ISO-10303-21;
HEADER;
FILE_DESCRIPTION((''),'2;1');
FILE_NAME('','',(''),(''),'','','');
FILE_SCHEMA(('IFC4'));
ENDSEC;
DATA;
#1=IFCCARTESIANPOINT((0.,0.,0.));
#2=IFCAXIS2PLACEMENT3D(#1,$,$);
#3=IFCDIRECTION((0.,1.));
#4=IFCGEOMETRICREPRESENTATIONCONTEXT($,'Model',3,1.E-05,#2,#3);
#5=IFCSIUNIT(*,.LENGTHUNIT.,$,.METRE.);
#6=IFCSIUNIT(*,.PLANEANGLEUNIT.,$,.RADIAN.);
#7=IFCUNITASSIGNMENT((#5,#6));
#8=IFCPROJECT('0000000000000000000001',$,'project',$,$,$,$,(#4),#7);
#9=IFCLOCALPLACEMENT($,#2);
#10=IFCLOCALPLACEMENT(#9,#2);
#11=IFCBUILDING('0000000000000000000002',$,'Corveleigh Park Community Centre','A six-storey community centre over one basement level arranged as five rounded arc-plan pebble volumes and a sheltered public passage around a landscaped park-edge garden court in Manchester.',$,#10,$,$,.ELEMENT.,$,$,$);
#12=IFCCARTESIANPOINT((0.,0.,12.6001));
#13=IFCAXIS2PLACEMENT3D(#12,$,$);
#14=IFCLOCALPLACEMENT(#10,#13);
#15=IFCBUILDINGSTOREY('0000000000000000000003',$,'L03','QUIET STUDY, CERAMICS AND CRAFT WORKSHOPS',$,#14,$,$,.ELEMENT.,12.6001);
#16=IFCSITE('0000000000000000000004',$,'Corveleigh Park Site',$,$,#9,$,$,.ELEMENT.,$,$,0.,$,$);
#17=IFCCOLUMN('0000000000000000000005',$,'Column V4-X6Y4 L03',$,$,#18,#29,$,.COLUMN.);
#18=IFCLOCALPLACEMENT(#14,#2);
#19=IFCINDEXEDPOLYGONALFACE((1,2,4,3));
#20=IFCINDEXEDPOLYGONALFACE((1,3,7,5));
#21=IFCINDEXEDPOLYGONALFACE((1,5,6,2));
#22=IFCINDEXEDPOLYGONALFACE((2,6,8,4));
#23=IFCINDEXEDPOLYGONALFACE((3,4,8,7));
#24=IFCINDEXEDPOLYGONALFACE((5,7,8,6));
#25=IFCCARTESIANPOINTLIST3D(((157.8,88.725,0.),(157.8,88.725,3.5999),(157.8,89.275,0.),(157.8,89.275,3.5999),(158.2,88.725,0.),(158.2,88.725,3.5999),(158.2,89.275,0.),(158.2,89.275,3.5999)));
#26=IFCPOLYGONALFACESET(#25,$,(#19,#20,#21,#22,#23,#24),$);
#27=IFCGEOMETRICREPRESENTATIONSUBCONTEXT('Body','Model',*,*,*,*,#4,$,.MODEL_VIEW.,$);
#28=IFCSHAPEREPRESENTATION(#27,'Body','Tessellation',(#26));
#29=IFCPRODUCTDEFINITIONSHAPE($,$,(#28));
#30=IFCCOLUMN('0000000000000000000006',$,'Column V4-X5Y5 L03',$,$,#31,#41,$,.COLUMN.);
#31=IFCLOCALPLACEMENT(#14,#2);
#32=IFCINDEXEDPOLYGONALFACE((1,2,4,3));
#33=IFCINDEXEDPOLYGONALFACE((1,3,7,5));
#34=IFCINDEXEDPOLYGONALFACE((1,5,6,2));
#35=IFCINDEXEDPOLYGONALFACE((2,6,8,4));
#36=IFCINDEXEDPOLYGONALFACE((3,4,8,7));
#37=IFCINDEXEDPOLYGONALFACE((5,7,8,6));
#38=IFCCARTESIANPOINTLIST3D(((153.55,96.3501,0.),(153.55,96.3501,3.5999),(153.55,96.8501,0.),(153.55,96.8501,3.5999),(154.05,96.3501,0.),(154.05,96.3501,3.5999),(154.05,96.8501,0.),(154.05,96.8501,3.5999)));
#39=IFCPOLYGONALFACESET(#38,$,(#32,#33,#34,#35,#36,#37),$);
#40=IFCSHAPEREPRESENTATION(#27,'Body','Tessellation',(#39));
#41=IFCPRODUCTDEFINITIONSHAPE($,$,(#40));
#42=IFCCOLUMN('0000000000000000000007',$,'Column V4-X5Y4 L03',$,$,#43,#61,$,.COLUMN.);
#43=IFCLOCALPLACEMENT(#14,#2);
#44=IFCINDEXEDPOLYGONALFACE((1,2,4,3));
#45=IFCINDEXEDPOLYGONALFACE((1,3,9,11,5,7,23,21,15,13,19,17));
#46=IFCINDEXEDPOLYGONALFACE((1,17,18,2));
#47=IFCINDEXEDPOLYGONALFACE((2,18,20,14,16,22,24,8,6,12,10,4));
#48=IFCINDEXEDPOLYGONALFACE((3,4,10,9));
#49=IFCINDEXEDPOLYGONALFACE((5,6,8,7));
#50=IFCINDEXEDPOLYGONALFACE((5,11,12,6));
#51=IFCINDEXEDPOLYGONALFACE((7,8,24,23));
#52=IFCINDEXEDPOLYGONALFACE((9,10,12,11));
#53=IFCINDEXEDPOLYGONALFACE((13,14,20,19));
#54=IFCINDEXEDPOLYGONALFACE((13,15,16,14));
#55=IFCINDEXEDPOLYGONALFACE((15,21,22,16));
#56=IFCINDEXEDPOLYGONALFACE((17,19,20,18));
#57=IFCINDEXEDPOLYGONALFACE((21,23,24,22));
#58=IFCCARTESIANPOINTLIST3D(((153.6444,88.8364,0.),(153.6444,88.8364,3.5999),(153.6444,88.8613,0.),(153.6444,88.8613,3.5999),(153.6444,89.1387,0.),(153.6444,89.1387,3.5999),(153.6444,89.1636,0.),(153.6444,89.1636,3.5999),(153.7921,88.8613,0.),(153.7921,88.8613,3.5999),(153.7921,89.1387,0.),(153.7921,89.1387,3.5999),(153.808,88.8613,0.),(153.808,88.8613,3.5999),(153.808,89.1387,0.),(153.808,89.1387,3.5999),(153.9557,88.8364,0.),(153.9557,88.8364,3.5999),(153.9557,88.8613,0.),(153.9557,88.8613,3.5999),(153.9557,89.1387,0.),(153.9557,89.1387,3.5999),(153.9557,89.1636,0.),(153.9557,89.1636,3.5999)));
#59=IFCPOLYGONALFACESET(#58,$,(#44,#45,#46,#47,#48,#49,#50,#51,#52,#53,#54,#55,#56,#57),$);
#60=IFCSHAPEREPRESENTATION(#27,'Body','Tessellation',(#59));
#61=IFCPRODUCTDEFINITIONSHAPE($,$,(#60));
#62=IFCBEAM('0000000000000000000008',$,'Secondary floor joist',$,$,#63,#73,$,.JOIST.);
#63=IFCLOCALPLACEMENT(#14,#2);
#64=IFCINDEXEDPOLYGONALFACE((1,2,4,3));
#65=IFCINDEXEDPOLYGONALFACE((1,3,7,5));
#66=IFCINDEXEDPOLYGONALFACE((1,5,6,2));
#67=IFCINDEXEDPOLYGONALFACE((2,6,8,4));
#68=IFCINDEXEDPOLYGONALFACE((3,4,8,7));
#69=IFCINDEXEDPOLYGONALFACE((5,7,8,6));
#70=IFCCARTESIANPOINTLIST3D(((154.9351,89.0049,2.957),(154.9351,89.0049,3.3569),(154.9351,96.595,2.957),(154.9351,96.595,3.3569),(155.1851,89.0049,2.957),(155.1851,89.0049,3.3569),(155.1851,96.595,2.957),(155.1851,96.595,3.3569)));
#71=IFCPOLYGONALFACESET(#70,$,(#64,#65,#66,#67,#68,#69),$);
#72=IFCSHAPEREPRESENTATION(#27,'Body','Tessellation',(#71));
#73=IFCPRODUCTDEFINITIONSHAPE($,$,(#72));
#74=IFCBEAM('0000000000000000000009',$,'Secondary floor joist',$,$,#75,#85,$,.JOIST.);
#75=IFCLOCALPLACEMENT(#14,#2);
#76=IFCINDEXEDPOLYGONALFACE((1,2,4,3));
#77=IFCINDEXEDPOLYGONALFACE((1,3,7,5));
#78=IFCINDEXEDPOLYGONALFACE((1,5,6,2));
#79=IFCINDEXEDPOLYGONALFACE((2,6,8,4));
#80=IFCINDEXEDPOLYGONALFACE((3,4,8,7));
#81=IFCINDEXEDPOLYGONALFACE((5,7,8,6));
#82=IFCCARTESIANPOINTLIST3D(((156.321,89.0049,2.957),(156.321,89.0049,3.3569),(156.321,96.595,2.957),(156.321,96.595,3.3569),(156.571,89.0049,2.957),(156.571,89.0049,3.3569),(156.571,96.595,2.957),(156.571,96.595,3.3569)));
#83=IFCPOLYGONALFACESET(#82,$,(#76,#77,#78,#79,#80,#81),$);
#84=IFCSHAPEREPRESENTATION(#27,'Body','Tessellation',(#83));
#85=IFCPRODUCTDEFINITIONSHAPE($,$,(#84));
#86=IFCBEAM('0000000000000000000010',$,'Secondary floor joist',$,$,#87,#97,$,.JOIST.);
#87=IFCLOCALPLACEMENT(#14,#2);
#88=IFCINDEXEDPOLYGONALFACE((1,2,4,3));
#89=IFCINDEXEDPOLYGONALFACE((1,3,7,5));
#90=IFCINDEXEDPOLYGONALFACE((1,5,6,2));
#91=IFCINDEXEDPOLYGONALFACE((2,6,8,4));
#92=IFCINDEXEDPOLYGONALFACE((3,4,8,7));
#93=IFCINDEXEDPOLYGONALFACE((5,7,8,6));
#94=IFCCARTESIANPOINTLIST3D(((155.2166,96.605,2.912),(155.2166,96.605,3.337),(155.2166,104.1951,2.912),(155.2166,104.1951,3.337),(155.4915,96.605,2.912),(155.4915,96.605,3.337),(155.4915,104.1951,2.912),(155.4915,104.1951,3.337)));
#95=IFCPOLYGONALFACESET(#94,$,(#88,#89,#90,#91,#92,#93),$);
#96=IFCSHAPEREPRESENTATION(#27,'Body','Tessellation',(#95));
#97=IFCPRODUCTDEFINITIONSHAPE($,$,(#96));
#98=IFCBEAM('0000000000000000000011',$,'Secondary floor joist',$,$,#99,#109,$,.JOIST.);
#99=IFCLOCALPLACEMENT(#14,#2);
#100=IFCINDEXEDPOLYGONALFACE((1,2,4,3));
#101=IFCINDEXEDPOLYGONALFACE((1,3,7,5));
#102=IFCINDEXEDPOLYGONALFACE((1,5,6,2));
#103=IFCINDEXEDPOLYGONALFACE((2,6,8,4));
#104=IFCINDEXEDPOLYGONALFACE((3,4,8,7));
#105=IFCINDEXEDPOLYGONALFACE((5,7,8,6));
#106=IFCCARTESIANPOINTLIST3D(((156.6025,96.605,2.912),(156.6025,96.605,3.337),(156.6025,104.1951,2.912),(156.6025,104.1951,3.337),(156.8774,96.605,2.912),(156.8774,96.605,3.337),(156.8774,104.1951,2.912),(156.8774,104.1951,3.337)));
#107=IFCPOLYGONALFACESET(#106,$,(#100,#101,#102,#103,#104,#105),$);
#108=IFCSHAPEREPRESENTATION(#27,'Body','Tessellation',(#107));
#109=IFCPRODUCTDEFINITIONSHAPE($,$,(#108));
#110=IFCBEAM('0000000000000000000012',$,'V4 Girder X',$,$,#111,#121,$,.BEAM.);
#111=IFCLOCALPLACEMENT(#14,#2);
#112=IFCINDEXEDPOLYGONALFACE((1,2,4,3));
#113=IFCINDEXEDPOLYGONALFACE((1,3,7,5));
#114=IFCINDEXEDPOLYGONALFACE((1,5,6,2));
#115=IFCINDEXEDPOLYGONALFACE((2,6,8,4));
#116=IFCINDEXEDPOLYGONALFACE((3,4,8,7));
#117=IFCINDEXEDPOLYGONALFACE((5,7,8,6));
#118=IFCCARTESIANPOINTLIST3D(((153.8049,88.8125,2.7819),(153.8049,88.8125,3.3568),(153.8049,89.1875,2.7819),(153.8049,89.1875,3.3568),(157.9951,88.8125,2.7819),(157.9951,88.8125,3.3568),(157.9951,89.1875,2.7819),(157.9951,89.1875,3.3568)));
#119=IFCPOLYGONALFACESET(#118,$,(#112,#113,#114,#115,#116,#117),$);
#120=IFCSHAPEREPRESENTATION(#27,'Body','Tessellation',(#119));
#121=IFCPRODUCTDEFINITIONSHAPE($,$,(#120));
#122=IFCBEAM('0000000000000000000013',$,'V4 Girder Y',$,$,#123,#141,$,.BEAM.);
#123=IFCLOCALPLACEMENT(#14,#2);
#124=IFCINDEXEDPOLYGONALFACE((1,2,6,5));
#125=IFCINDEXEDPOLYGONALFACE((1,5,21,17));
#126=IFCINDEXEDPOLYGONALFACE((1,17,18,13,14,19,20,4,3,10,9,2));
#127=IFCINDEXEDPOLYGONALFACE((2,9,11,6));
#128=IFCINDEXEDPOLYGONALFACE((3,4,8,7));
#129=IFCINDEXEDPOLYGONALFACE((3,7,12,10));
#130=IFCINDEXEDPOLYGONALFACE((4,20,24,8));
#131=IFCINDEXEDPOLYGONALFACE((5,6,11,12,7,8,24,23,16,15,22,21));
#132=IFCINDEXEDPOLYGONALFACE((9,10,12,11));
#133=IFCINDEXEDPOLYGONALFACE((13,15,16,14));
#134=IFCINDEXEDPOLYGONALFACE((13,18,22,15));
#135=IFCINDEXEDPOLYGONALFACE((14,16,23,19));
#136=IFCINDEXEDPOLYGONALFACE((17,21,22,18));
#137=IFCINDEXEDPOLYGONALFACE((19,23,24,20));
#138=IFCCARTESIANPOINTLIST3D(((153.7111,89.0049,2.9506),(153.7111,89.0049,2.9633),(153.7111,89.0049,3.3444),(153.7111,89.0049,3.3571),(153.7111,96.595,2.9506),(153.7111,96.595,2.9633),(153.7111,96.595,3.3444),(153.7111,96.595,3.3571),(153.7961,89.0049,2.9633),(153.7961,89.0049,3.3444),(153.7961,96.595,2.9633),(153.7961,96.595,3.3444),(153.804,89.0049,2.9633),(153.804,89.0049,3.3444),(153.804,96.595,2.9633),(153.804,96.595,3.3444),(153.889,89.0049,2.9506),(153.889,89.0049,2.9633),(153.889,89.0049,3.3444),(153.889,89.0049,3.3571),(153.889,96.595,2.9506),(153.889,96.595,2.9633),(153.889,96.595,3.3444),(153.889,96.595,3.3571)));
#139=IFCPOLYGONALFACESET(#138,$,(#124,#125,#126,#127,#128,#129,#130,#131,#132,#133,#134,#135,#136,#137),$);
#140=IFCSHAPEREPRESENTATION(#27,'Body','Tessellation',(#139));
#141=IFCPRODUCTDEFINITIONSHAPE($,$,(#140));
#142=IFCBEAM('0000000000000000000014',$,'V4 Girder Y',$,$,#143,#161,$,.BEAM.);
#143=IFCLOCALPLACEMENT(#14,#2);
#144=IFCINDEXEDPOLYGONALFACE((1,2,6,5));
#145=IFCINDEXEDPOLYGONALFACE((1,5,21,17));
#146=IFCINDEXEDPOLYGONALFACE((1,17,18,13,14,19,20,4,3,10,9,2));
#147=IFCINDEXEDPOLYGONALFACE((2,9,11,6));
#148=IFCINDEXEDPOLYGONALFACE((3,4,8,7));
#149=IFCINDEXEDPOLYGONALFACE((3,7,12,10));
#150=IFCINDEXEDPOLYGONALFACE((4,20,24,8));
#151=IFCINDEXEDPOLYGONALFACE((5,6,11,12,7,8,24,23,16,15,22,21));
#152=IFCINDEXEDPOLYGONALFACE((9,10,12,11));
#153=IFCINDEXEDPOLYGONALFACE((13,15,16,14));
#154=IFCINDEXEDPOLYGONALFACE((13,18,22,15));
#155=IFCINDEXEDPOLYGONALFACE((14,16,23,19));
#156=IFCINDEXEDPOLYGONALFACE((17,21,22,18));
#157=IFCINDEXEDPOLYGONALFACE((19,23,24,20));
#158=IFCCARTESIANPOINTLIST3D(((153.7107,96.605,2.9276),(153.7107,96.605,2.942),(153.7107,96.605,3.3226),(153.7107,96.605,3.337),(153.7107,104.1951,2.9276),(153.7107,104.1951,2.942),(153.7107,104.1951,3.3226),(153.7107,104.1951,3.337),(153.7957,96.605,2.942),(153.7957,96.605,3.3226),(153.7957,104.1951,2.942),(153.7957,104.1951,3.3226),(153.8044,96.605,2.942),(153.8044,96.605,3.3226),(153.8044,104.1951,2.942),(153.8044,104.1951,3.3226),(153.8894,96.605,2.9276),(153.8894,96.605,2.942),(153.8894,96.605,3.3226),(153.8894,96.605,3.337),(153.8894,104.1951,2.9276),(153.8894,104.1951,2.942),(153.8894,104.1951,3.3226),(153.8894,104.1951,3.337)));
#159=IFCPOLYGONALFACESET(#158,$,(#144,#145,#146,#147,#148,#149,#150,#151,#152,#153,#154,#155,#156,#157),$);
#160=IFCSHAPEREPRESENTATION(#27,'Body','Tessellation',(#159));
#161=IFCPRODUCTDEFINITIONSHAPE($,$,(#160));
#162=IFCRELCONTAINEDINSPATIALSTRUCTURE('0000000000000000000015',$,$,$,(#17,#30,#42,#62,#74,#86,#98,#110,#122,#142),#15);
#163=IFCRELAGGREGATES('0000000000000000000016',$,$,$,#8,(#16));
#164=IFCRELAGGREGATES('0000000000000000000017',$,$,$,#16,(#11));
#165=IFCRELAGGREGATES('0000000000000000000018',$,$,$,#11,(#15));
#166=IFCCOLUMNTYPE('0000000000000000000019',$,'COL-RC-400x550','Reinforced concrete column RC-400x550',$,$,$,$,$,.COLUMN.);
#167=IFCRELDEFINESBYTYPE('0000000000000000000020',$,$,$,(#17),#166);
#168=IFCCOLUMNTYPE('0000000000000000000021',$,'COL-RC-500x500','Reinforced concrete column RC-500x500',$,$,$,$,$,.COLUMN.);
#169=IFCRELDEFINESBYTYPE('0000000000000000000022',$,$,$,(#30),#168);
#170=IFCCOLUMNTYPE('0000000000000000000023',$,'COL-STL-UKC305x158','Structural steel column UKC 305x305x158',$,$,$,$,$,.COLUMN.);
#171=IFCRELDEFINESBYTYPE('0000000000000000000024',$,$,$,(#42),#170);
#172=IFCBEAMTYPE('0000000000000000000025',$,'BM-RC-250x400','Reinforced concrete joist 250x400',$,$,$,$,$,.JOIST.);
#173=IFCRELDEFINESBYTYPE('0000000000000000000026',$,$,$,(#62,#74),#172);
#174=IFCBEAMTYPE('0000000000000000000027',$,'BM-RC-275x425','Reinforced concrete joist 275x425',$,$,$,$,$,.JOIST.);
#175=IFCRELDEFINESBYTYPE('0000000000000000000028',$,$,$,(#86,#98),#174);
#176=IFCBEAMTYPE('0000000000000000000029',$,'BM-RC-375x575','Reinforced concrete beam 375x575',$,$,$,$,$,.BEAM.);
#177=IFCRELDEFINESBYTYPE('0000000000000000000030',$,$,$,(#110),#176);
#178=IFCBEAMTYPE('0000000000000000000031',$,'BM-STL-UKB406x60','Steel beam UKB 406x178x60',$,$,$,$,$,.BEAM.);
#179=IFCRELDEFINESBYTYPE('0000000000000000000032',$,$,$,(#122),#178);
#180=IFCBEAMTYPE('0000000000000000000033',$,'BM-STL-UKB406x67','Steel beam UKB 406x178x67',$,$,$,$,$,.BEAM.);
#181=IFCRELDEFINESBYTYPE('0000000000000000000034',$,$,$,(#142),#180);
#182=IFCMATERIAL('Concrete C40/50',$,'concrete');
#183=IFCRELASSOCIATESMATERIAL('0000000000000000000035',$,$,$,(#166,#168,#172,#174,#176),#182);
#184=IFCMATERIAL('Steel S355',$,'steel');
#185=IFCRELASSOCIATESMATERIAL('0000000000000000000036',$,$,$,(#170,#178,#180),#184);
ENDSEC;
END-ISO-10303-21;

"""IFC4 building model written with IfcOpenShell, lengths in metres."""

from ifc_helpers import new_model, si_unit, direction, frame, origin, origin_2d, place, context, subcontext, project, spatial, rectangle, i_section, extrude, material, material_profile, profile_set, type_object, element, save


model = new_model("IFC4")

# Units and contexts
model_context = context("Model", 3, precision=1e-05, world=origin(), true_north=direction((0.0, 1.0)))
body_context = subcontext(model_context, "Body", "Model", "MODEL_VIEW")
ifc_project = project(units=[si_unit("LENGTHUNIT", "METRE"), si_unit("PLANEANGLEUNIT", "RADIAN")], contexts=[model_context])

# Site, building, storey
site_placement = place(None, origin())
site = spatial("IfcSite", under=ifc_project, at=site_placement, Name="Corveleigh Park Site", CompositionType="ELEMENT", RefElevation=0.0)
building_placement = place(site_placement, origin())
building = spatial("IfcBuilding", under=site, at=building_placement, Name="Corveleigh Park Community Centre", Description="A six-storey community centre over one basement level arranged as five rounded arc-plan pebble volumes and a sheltered public passage around a landscaped park-edge garden court in Manchester.", CompositionType="ELEMENT")
storey_placement = place(building_placement, frame((0.0, 0.0, 12.6001)))
storey = spatial("IfcBuildingStorey", under=building, at=storey_placement, Name="L03", Description="QUIET STUDY, CERAMICS AND CRAFT WORKSHOPS", CompositionType="ELEMENT", Elevation=12.6001)

# Columns
ifc_material_1 = material(Name="Concrete C40/50", Category="concrete")
ifc_material_profile_1 = material_profile(ifc_material_1, rectangle(XDim=0.3999, YDim=0.55, at=origin_2d()), Name="RC-400x550", Category="concrete")
ifc_profile_set_1 = profile_set([ifc_material_profile_1], Name="Concrete C40/50")
column_type_1 = type_object("IfcColumnType", Name="COL-RC-400x550", Description="Reinforced concrete column RC-400x550", PredefinedType="COLUMN", material=ifc_profile_set_1)
column_1_placement = place(storey_placement, frame((158.0, 89.0, 0.0), z_axis=(0.0, 0.0, 1.0), x_axis=(1.0, 0.0, 0.0)))
element("IfcColumn", 1, at=column_1_placement, inside=storey, type_object=column_type_1, Name="Column V4-X6Y4 L03", PredefinedType="COLUMN", context=body_context, shape_type="SweptSolid", body=[
    extrude(rectangle(XDim=0.3999, YDim=0.55, at=origin_2d()), origin(), (0.0, 0.0, 1.0), 3.5999),
])
ifc_material_profile_2 = material_profile(ifc_material_1, rectangle(XDim=0.5, YDim=0.5, at=origin_2d()), Name="RC-500x500", Category="concrete")
ifc_profile_set_2 = profile_set([ifc_material_profile_2], Name="Concrete C40/50")
column_type_2 = type_object("IfcColumnType", Name="COL-RC-500x500", Description="Reinforced concrete column RC-500x500", PredefinedType="COLUMN", material=ifc_profile_set_2)
column_2_placement = place(storey_placement, frame((153.8, 96.6001, 0.0), z_axis=(0.0, 0.0, 1.0), x_axis=(1.0, 0.0, 0.0)))
element("IfcColumn", 2, at=column_2_placement, inside=storey, type_object=column_type_2, Name="Column V4-X5Y5 L03", PredefinedType="COLUMN", context=body_context, shape_type="SweptSolid", body=[
    extrude(rectangle(XDim=0.5, YDim=0.5, at=origin_2d()), origin(), (0.0, 0.0, 1.0), 3.5999),
])
ifc_material_2 = material(Name="Steel S355", Category="steel")
ifc_material_profile_3 = material_profile(ifc_material_2, i_section(OverallWidth=0.3113, OverallDepth=0.3271, WebThickness=0.0159, FlangeThickness=0.0249, at=origin_2d()), Name="UKC 305x305x158", Category="steel")
ifc_profile_set_3 = profile_set([ifc_material_profile_3], Name="Steel S355")
column_type_3 = type_object("IfcColumnType", Name="COL-STL-UKC305x158", Description="Structural steel column UKC 305x305x158", PredefinedType="COLUMN", material=ifc_profile_set_3)
column_3_placement = place(storey_placement, frame((153.8, 89.0, 0.0), z_axis=(0.0, 0.0, 1.0), x_axis=(1.0, 0.0, 0.0)))
element("IfcColumn", 3, at=column_3_placement, inside=storey, type_object=column_type_3, Name="Column V4-X5Y4 L03", PredefinedType="COLUMN", context=body_context, shape_type="SweptSolid", body=[
    extrude(i_section(OverallWidth=0.3113, OverallDepth=0.3271, WebThickness=0.0159, FlangeThickness=0.0249, at=origin_2d()), origin(), (0.0, 0.0, 1.0), 3.5999),
])

# Beams
ifc_material_profile_4 = material_profile(ifc_material_1, rectangle(XDim=0.25, YDim=0.3999, at=origin_2d()), Name="RC-250x400", Category="concrete")
ifc_profile_set_4 = profile_set([ifc_material_profile_4], Name="Concrete C40/50")
beam_type_1 = type_object("IfcBeamType", Name="BM-RC-250x400", Description="Reinforced concrete joist 250x400", PredefinedType="JOIST", material=ifc_profile_set_4)
for number, where, z_axis, x_axis, name in (
    (4, (155.0601, 89.0049, 3.157), (0.0, 1.0, 0.0), (-1.0, 0.0, 0.0), "Secondary floor joist"),
    (5, (156.446, 89.0049, 3.157), (0.0, 1.0, 0.0), (-1.0, 0.0, 0.0), "Secondary floor joist"),
):
    element("IfcBeam", number, at=place(storey_placement, frame(where, z_axis=z_axis, x_axis=x_axis)), inside=storey, type_object=beam_type_1, Name=name, PredefinedType="JOIST", context=body_context, shape_type="SweptSolid", body=[
        extrude(rectangle(XDim=0.25, YDim=0.3999, at=origin_2d()), origin(), (0.0, 0.0, 1.0), 7.5901),
    ])
ifc_material_profile_5 = material_profile(ifc_material_1, rectangle(XDim=0.2749, YDim=0.425, at=origin_2d()), Name="RC-275x425", Category="concrete")
ifc_profile_set_5 = profile_set([ifc_material_profile_5], Name="Concrete C40/50")
beam_type_2 = type_object("IfcBeamType", Name="BM-RC-275x425", Description="Reinforced concrete joist 275x425", PredefinedType="JOIST", material=ifc_profile_set_5)
for number, where, z_axis, x_axis, name in (
    (6, (155.354, 96.605, 3.1245), (0.0, 1.0, 0.0), (-1.0, 0.0, 0.0), "Secondary floor joist"),
    (7, (156.74, 96.605, 3.1245), (0.0, 1.0, 0.0), (-1.0, 0.0, 0.0), "Secondary floor joist"),
):
    element("IfcBeam", number, at=place(storey_placement, frame(where, z_axis=z_axis, x_axis=x_axis)), inside=storey, type_object=beam_type_2, Name=name, PredefinedType="JOIST", context=body_context, shape_type="SweptSolid", body=[
        extrude(rectangle(XDim=0.2749, YDim=0.425, at=origin_2d()), origin(), (0.0, 0.0, 1.0), 7.5901),
    ])
ifc_material_profile_6 = material_profile(ifc_material_1, rectangle(XDim=0.375, YDim=0.575, at=origin_2d()), Name="RC-375x575", Category="concrete")
ifc_profile_set_6 = profile_set([ifc_material_profile_6], Name="Concrete C40/50")
beam_type_3 = type_object("IfcBeamType", Name="BM-RC-375x575", Description="Reinforced concrete beam 375x575", PredefinedType="BEAM", material=ifc_profile_set_6)
beam_1_placement = place(storey_placement, frame((153.8049, 89.0, 3.0693), z_axis=(1.0, 0.0, 0.0), x_axis=(0.0, 1.0, 0.0)))
element("IfcBeam", 8, at=beam_1_placement, inside=storey, type_object=beam_type_3, Name="V4 Girder X", PredefinedType="BEAM", context=body_context, shape_type="SweptSolid", body=[
    extrude(rectangle(XDim=0.375, YDim=0.575, at=origin_2d()), origin(), (0.0, 0.0, 1.0), 4.1902),
])
ifc_material_profile_7 = material_profile(ifc_material_2, i_section(OverallWidth=0.178, OverallDepth=0.4065, WebThickness=0.0078, FlangeThickness=0.0127, at=origin_2d()), Name="UKB 406x178x60", Category="steel")
ifc_profile_set_7 = profile_set([ifc_material_profile_7], Name="Steel S355")
beam_type_4 = type_object("IfcBeamType", Name="BM-STL-UKB406x60", Description="Steel beam UKB 406x178x60", PredefinedType="BEAM", material=ifc_profile_set_7)
beam_2_placement = place(storey_placement, frame((153.8, 89.0049, 3.1538), z_axis=(0.0, 1.0, 0.0), x_axis=(-1.0, 0.0, 0.0)))
element("IfcBeam", 9, at=beam_2_placement, inside=storey, type_object=beam_type_4, Name="V4 Girder Y", PredefinedType="BEAM", context=body_context, shape_type="SweptSolid", body=[
    extrude(i_section(OverallWidth=0.178, OverallDepth=0.4065, WebThickness=0.0078, FlangeThickness=0.0127, at=origin_2d()), origin(), (0.0, 0.0, 1.0), 7.5901),
])
ifc_material_profile_8 = material_profile(ifc_material_2, i_section(OverallWidth=0.1787, OverallDepth=0.4094, WebThickness=0.0088, FlangeThickness=0.0144, at=origin_2d()), Name="UKB 406x178x67", Category="steel")
ifc_profile_set_8 = profile_set([ifc_material_profile_8], Name="Steel S355")
beam_type_5 = type_object("IfcBeamType", Name="BM-STL-UKB406x67", Description="Steel beam UKB 406x178x67", PredefinedType="BEAM", material=ifc_profile_set_8)
beam_3_placement = place(storey_placement, frame((153.8, 96.605, 3.1323), z_axis=(0.0, 1.0, 0.0), x_axis=(-1.0, 0.0, 0.0)))
element("IfcBeam", 10, at=beam_3_placement, inside=storey, type_object=beam_type_5, Name="V4 Girder Y", PredefinedType="BEAM", context=body_context, shape_type="SweptSolid", body=[
    extrude(i_section(OverallWidth=0.1787, OverallDepth=0.4094, WebThickness=0.0088, FlangeThickness=0.0144, at=origin_2d()), origin(), (0.0, 0.0, 1.0), 7.5901),
])

save(model, "model.ifc")
